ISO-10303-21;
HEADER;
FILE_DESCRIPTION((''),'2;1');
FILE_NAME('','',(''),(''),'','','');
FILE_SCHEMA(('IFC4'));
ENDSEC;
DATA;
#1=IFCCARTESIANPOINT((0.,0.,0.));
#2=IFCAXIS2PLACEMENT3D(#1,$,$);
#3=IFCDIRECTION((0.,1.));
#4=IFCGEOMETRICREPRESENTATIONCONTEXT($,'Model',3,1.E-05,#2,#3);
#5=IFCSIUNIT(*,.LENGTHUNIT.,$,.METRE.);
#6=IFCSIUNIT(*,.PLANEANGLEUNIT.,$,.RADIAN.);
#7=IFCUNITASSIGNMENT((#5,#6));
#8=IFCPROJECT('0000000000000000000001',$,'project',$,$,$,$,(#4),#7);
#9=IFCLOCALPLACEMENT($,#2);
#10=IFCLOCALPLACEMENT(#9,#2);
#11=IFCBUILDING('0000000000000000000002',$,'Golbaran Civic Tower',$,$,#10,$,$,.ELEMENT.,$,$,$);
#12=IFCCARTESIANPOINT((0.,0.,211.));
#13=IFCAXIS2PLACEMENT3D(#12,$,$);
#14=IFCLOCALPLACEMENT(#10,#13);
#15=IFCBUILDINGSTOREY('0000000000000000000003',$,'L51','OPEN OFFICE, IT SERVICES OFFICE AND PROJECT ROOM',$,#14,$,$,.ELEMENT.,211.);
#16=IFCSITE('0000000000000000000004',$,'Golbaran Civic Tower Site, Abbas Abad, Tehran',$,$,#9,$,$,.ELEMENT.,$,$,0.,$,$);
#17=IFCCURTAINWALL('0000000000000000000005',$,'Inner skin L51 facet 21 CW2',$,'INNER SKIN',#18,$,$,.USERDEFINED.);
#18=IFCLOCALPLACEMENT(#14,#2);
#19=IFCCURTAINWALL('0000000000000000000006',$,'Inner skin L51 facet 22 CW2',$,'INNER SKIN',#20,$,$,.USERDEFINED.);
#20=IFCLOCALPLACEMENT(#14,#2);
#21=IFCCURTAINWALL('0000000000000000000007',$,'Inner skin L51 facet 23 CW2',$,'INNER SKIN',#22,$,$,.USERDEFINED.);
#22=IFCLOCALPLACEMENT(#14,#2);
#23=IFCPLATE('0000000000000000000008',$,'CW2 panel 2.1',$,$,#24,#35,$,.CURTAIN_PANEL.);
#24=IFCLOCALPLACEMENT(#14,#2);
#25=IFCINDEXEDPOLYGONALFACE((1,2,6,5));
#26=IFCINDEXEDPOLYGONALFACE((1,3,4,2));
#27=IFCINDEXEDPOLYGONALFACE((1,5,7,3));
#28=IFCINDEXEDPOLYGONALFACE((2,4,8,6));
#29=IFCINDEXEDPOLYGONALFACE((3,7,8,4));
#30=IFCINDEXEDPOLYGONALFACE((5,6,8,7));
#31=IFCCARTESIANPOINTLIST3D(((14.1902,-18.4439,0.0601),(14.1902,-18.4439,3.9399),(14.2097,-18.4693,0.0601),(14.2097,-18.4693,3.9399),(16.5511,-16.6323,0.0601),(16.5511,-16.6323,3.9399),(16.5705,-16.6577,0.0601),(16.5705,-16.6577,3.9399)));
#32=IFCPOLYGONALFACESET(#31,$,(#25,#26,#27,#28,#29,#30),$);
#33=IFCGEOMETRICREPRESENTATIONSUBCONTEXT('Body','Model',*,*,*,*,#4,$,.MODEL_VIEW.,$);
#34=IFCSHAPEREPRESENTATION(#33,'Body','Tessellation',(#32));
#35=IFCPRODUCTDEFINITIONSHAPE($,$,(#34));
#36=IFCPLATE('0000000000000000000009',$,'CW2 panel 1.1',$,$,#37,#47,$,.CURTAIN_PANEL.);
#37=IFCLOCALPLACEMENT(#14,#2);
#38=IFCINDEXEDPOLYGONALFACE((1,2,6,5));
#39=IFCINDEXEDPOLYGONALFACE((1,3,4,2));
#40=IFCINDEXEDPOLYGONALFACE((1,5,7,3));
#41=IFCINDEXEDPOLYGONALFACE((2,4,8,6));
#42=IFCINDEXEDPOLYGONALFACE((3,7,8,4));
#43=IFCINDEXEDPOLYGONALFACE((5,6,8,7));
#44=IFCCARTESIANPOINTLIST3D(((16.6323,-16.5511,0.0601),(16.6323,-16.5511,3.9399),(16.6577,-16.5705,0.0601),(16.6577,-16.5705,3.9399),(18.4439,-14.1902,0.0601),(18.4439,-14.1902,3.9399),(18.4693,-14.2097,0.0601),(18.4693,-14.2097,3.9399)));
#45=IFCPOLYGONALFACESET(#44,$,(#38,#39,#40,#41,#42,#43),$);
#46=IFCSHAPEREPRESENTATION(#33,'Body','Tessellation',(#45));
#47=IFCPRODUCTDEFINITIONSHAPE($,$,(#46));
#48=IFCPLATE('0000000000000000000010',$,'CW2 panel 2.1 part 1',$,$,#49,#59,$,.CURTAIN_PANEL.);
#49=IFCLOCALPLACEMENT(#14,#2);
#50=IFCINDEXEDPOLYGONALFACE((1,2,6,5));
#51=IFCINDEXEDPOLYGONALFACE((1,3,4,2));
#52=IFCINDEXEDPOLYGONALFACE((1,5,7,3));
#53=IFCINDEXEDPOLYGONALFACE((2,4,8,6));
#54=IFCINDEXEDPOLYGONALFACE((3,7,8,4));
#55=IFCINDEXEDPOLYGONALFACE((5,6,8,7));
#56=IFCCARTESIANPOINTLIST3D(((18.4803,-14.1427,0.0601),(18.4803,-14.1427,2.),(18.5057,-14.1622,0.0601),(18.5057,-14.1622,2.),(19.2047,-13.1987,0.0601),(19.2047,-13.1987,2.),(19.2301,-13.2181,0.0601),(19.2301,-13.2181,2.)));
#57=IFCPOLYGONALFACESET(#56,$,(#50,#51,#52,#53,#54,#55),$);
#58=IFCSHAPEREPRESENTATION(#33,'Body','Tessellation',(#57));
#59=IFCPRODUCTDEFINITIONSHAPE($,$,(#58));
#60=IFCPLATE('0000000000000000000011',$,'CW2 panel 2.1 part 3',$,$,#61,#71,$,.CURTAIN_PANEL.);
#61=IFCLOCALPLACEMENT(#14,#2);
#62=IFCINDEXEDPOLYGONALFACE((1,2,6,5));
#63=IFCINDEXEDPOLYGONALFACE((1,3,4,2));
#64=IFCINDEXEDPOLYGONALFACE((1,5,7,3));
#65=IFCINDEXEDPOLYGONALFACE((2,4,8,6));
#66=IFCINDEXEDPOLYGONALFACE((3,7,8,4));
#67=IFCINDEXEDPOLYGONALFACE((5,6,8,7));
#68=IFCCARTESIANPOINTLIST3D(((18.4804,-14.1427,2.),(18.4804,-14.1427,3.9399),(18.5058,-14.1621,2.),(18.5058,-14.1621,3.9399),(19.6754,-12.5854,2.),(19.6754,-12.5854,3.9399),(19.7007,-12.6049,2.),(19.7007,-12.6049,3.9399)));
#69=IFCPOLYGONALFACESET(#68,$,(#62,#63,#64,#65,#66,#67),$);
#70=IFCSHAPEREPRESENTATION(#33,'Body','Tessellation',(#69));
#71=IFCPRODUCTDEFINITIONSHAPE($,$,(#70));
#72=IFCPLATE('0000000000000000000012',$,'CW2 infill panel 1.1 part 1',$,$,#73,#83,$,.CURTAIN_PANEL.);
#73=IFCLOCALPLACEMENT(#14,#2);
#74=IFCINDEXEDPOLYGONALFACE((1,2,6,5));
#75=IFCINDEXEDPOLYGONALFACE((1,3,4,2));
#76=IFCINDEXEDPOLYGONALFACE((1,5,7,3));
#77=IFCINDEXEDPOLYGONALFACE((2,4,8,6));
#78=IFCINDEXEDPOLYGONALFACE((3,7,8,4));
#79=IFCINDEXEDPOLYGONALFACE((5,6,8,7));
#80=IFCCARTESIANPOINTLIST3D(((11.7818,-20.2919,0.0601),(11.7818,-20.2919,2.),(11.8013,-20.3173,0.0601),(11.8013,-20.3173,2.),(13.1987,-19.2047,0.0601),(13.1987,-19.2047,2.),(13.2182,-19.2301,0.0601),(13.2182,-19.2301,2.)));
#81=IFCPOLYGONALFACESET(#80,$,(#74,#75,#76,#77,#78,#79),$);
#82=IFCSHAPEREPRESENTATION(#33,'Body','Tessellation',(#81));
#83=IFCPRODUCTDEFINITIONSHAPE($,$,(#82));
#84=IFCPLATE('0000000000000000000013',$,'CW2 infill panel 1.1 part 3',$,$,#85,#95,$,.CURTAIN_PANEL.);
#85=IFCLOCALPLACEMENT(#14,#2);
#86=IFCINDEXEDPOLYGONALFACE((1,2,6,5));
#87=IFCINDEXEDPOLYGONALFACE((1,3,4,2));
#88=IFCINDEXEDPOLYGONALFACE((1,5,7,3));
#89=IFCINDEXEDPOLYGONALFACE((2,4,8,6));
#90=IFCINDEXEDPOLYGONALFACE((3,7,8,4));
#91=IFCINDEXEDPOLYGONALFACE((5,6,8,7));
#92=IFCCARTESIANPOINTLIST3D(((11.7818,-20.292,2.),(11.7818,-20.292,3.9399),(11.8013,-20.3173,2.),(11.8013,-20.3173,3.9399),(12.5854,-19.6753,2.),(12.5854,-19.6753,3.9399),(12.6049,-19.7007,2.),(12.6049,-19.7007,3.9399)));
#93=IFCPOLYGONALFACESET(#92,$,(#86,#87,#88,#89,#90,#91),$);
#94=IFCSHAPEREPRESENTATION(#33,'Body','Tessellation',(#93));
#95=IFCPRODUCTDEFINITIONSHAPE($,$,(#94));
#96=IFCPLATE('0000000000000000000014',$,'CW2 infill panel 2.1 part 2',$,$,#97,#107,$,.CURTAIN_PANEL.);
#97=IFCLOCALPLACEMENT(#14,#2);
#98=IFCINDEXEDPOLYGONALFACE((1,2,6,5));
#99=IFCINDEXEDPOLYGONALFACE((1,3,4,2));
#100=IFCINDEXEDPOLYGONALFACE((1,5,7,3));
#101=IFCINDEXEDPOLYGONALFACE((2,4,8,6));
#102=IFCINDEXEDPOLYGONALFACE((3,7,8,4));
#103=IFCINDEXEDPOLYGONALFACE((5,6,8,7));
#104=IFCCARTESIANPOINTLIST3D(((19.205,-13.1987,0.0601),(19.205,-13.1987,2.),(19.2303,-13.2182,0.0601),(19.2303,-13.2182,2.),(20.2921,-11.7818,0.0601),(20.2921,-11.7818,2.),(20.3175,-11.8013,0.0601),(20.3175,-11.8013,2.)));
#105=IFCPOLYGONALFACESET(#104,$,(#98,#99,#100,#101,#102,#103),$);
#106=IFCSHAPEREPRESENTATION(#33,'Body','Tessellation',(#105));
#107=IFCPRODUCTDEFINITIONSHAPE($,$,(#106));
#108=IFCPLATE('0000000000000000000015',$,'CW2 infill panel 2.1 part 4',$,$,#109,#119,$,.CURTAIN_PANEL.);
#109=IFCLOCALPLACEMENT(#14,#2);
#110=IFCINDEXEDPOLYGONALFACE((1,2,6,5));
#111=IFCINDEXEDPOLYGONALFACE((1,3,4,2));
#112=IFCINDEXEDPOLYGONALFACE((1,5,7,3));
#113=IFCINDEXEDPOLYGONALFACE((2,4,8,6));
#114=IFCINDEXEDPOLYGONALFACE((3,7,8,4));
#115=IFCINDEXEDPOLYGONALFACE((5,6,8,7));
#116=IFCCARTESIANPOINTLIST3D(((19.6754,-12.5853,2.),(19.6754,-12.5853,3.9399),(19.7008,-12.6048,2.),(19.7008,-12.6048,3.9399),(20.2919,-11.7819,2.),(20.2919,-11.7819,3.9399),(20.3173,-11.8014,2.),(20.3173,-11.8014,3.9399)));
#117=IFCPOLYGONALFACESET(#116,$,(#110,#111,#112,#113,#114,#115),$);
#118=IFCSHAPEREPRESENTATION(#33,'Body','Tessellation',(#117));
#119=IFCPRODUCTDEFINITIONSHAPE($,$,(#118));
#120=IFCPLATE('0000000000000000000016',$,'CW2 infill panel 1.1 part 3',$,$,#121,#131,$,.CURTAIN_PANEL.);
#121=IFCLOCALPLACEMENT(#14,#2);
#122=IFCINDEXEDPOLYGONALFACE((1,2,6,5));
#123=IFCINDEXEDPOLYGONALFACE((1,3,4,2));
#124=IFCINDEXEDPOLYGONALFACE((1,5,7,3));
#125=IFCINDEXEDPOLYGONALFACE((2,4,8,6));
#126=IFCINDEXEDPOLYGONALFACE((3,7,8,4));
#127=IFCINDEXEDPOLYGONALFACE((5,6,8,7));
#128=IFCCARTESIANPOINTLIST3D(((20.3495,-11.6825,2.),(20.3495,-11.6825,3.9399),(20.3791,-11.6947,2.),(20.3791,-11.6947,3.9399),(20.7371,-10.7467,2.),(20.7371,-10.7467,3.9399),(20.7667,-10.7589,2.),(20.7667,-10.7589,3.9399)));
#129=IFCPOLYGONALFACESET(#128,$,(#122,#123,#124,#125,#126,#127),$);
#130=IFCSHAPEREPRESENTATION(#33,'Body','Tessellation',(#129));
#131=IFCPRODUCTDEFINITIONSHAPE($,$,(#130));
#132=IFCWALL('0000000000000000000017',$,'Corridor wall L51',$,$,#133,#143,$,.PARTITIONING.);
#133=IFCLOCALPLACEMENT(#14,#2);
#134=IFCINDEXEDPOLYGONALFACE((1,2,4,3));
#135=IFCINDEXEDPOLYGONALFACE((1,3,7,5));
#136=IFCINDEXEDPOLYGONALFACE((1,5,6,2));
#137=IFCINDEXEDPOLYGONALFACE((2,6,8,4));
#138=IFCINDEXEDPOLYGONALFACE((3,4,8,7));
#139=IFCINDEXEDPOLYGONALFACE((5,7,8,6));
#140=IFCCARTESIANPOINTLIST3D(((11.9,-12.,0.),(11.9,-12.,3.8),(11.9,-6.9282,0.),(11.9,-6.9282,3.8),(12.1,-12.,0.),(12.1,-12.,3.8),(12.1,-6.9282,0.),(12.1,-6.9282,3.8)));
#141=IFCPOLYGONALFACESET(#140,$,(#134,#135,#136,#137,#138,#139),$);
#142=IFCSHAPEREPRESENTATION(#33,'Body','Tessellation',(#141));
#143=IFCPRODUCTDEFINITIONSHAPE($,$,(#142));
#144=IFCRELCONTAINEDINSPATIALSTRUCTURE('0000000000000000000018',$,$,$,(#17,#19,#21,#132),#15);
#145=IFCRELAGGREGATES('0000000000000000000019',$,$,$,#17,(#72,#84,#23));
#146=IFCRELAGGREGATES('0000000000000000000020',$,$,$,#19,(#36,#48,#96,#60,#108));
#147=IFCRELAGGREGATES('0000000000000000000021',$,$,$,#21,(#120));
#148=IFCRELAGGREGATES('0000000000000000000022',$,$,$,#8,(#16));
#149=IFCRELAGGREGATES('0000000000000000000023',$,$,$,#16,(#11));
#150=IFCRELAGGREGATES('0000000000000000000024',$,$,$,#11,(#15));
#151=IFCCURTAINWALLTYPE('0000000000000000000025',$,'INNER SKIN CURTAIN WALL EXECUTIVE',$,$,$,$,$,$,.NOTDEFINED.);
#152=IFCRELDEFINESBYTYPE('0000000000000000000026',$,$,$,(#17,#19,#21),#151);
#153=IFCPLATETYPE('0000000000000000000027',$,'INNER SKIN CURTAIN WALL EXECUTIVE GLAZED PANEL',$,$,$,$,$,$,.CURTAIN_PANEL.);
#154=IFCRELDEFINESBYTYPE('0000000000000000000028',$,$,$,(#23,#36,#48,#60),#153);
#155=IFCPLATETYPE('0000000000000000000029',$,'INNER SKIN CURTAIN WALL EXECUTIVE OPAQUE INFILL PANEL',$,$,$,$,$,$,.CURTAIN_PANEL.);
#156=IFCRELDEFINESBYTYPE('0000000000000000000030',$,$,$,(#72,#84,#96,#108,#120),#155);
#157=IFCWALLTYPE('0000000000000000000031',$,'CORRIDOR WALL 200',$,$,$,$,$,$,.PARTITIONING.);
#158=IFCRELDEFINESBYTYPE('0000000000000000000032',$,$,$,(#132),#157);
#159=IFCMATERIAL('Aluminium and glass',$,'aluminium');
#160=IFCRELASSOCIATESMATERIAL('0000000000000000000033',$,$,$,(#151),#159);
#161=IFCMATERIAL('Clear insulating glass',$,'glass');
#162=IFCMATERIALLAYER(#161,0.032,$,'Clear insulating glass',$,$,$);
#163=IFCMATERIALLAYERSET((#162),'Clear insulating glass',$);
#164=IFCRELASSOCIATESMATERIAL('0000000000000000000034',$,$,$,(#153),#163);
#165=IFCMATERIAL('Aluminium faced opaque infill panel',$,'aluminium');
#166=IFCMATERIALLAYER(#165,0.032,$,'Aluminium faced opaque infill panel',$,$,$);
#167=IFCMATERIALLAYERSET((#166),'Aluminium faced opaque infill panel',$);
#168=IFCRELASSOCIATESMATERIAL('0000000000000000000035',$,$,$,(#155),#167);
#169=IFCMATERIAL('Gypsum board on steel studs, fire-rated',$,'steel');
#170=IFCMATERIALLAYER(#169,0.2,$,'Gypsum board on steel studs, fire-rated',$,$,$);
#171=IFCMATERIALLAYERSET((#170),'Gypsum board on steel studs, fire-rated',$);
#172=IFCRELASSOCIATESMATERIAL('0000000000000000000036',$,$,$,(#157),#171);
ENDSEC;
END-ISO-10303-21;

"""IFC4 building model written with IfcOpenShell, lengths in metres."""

from ifc_helpers import new_model, si_unit, direction, frame, frame_2d, origin, origin_2d, place, context, subcontext, project, spatial, rectangle, extrude, material, layer, layer_set, type_object, element, aggregate, save


model = new_model("IFC4")

# Units and contexts
model_context = context("Model", 3, precision=1e-05, world=origin(), true_north=direction((0.0, 1.0)))
body_context = subcontext(model_context, "Body", "Model", "MODEL_VIEW")
ifc_project = project(units=[si_unit("LENGTHUNIT", "METRE"), si_unit("PLANEANGLEUNIT", "RADIAN")], contexts=[model_context])

# Site, building, storey
site_placement = place(None, origin())
site = spatial("IfcSite", under=ifc_project, at=site_placement, Name="Golbaran Civic Tower Site, Abbas Abad, Tehran", CompositionType="ELEMENT", RefElevation=0.0)
building_placement = place(site_placement, origin())
building = spatial("IfcBuilding", under=site, at=building_placement, Name="Golbaran Civic Tower", CompositionType="ELEMENT")
storey_placement = place(building_placement, frame((0.0, 0.0, 211.0)))
storey = spatial("IfcBuildingStorey", under=building, at=storey_placement, Name="L51", Description="OPEN OFFICE, IT SERVICES OFFICE AND PROJECT ROOM", CompositionType="ELEMENT", Elevation=211.0)

# Curtain walls
ifc_material_1 = material(Name="Aluminium and glass", Category="aluminium")
curtain_wall_type = type_object("IfcCurtainWallType", Name="INNER SKIN CURTAIN WALL EXECUTIVE", PredefinedType="NOTDEFINED", material=ifc_material_1)
curtain_wall_1_placement = place(storey_placement, origin())
curtain_wall_1 = element("IfcCurtainWall", 1, at=curtain_wall_1_placement, inside=storey, type_object=curtain_wall_type, Name="Inner skin L51 facet 21 CW2", ObjectType="INNER SKIN", PredefinedType="USERDEFINED")
curtain_wall_2_placement = place(storey_placement, origin())
curtain_wall_2 = element("IfcCurtainWall", 2, at=curtain_wall_2_placement, inside=storey, type_object=curtain_wall_type, Name="Inner skin L51 facet 22 CW2", ObjectType="INNER SKIN", PredefinedType="USERDEFINED")

# Curtain wall
curtain_wall_3_placement = place(storey_placement, origin())
curtain_wall_3 = element("IfcCurtainWall", 3, at=curtain_wall_3_placement, inside=storey, type_object=curtain_wall_type, Name="Inner skin L51 facet 23 CW2", ObjectType="INNER SKIN", PredefinedType="USERDEFINED")

# Plates
ifc_material_2 = material(Name="Clear insulating glass", Category="glass")
ifc_layer_1 = layer(ifc_material_2, 0.032, Name="Clear insulating glass")
ifc_layer_set_1 = layer_set([ifc_layer_1], Name="Clear insulating glass")
plate_type_1 = type_object("IfcPlateType", Name="INNER SKIN CURTAIN WALL EXECUTIVE GLAZED PANEL", PredefinedType="CURTAIN_PANEL", material=ifc_layer_set_1)
plate_1_placement = place(storey_placement, frame((15.3804, -17.5508, 0.0601), z_axis=(0.0, 0.0, 1.0), x_axis=(0.793353, 0.608761, 0.0)))
plate_1 = element("IfcPlate", 4, at=plate_1_placement, type_object=plate_type_1, Name="CW2 panel 2.1", PredefinedType="CURTAIN_PANEL", context=body_context, shape_type="SweptSolid", body=[
    extrude(rectangle(XDim=2.9758, YDim=0.032, at=origin_2d()), origin(), (0.0, 0.0, 1.0), 3.8799),
])
plate_2_placement = place(storey_placement, frame((17.5508, -15.3804, 0.0601), z_axis=(0.0, 0.0, 1.0), x_axis=(0.608761, 0.793353, 0.0)))
plate_2 = element("IfcPlate", 5, at=plate_2_placement, type_object=plate_type_1, Name="CW2 panel 1.1", PredefinedType="CURTAIN_PANEL", context=body_context, shape_type="SweptSolid", body=[
    extrude(rectangle(XDim=2.9758, YDim=0.032, at=origin_2d()), origin(), (0.0, 0.0, 1.0), 3.8799),
])
plate_3_placement = place(storey_placement, frame((18.8552, -13.6804, 0.0601), z_axis=(0.0, 0.0, 1.0), x_axis=(0.608761, 0.793353, 0.0)))
plate_3 = element("IfcPlate", 6, at=plate_3_placement, type_object=plate_type_1, Name="CW2 panel 2.1 part 1", PredefinedType="CURTAIN_PANEL", context=body_context, shape_type="SweptSolid", body=[
    extrude(rectangle(XDim=1.1899, YDim=0.032, at=origin_2d()), origin(), (0.0, 0.0, 1.0), 1.9399),
])
plate_4_placement = place(storey_placement, frame((19.0906, -13.3738, 2.0), z_axis=(0.0, 0.0, 1.0), x_axis=(0.608761, 0.793353, 0.0)))
plate_4 = element("IfcPlate", 7, at=plate_4_placement, type_object=plate_type_1, Name="CW2 panel 2.1 part 3", PredefinedType="CURTAIN_PANEL", context=body_context, shape_type="SweptSolid", body=[
    extrude(rectangle(XDim=1.9629, YDim=0.032, at=origin_2d()), origin(), (0.0, 0.0, 1.0), 1.9399),
])
ifc_material_3 = material(Name="Aluminium faced opaque infill panel", Category="aluminium")
ifc_layer_2 = layer(ifc_material_3, 0.032, Name="Aluminium faced opaque infill panel")
ifc_layer_set_2 = layer_set([ifc_layer_2], Name="Aluminium faced opaque infill panel")
plate_type_2 = type_object("IfcPlateType", Name="INNER SKIN CURTAIN WALL EXECUTIVE OPAQUE INFILL PANEL", PredefinedType="CURTAIN_PANEL", material=ifc_layer_set_2)
plate_5_placement = place(storey_placement, frame((12.5, -19.761, 0.0601), z_axis=(0.0, 0.0, 1.0), x_axis=(0.793353, 0.608761, 0.0)))
plate_5 = element("IfcPlate", 8, at=plate_5_placement, type_object=plate_type_2, Name="CW2 infill panel 1.1 part 1", PredefinedType="CURTAIN_PANEL", context=body_context, shape_type="SweptSolid", body=[
    extrude(rectangle(XDim=1.7859, YDim=0.032, at=origin_2d()), origin(), (0.0, 0.0, 1.0), 1.9399),
])
plate_6_placement = place(storey_placement, frame((12.1934, -19.9963, 2.0), z_axis=(0.0, 0.0, 1.0), x_axis=(0.793353, 0.608761, 0.0)))
plate_6 = element("IfcPlate", 9, at=plate_6_placement, type_object=plate_type_2, Name="CW2 infill panel 1.1 part 3", PredefinedType="CURTAIN_PANEL", context=body_context, shape_type="SweptSolid", body=[
    extrude(rectangle(XDim=1.0129, YDim=0.032, at=origin_2d()), origin(), (0.0, 0.0, 1.0), 1.9399),
])
aggregate(curtain_wall_1, [plate_5, plate_6, plate_1])
plate_7_placement = place(storey_placement, frame((19.7612, -12.5, 0.0601), z_axis=(0.0, 0.0, 1.0), x_axis=(0.608761, 0.793353, 0.0)))
plate_7 = element("IfcPlate", 10, at=plate_7_placement, type_object=plate_type_2, Name="CW2 infill panel 2.1 part 2", PredefinedType="CURTAIN_PANEL", context=body_context, shape_type="SweptSolid", body=[
    extrude(rectangle(XDim=1.7859, YDim=0.032, at=origin_2d()), origin(), (0.0, 0.0, 1.0), 1.9399),
])
plate_8_placement = place(storey_placement, frame((19.9963, -12.1934, 2.0), z_axis=(0.0, 0.0, 1.0), x_axis=(0.608761, 0.793353, 0.0)))
plate_8 = element("IfcPlate", 11, at=plate_8_placement, type_object=plate_type_2, Name="CW2 infill panel 2.1 part 4", PredefinedType="CURTAIN_PANEL", context=body_context, shape_type="SweptSolid", body=[
    extrude(rectangle(XDim=1.0127, YDim=0.032, at=origin_2d()), origin(), (0.0, 0.0, 1.0), 1.9399),
])
aggregate(curtain_wall_2, [plate_2, plate_3, plate_7, plate_4, plate_8])
plate_9_placement = place(storey_placement, frame((20.5581, -11.2207, 2.0), z_axis=(0.0, 0.0, 1.0), x_axis=(0.382683, 0.92388, 0.0)))
plate_9 = element("IfcPlate", 12, at=plate_9_placement, type_object=plate_type_2, Name="CW2 infill panel 1.1 part 3", PredefinedType="CURTAIN_PANEL", context=body_context, shape_type="SweptSolid", body=[
    extrude(rectangle(XDim=1.0129, YDim=0.032, at=origin_2d()), origin(), (0.0, 0.0, 1.0), 1.9399),
])
aggregate(curtain_wall_3, [plate_9])

# Wall
ifc_material_4 = material(Name="Gypsum board on steel studs, fire-rated", Category="steel")
ifc_layer_3 = layer(ifc_material_4, 0.2, Name="Gypsum board on steel studs, fire-rated")
ifc_layer_set_3 = layer_set([ifc_layer_3], Name="Gypsum board on steel studs, fire-rated")
wall_type = type_object("IfcWallType", Name="CORRIDOR WALL 200", PredefinedType="PARTITIONING", material=ifc_layer_set_3)
wall_placement = place(storey_placement, frame((12.0, -12.0, 0.0), z_axis=(0.0, 0.0, 1.0), x_axis=(0.0, 1.0, 0.0)))
element("IfcWall", 13, at=wall_placement, inside=storey, type_object=wall_type, Name="Corridor wall L51", PredefinedType="PARTITIONING", context=body_context, shape_type="SweptSolid", body=[
    extrude(rectangle(XDim=5.0718, YDim=0.2, at=frame_2d((2.5359, 0.0))), origin(), (0.0, 0.0, 1.0), 3.8),
])

save(model, "model.ifc")
